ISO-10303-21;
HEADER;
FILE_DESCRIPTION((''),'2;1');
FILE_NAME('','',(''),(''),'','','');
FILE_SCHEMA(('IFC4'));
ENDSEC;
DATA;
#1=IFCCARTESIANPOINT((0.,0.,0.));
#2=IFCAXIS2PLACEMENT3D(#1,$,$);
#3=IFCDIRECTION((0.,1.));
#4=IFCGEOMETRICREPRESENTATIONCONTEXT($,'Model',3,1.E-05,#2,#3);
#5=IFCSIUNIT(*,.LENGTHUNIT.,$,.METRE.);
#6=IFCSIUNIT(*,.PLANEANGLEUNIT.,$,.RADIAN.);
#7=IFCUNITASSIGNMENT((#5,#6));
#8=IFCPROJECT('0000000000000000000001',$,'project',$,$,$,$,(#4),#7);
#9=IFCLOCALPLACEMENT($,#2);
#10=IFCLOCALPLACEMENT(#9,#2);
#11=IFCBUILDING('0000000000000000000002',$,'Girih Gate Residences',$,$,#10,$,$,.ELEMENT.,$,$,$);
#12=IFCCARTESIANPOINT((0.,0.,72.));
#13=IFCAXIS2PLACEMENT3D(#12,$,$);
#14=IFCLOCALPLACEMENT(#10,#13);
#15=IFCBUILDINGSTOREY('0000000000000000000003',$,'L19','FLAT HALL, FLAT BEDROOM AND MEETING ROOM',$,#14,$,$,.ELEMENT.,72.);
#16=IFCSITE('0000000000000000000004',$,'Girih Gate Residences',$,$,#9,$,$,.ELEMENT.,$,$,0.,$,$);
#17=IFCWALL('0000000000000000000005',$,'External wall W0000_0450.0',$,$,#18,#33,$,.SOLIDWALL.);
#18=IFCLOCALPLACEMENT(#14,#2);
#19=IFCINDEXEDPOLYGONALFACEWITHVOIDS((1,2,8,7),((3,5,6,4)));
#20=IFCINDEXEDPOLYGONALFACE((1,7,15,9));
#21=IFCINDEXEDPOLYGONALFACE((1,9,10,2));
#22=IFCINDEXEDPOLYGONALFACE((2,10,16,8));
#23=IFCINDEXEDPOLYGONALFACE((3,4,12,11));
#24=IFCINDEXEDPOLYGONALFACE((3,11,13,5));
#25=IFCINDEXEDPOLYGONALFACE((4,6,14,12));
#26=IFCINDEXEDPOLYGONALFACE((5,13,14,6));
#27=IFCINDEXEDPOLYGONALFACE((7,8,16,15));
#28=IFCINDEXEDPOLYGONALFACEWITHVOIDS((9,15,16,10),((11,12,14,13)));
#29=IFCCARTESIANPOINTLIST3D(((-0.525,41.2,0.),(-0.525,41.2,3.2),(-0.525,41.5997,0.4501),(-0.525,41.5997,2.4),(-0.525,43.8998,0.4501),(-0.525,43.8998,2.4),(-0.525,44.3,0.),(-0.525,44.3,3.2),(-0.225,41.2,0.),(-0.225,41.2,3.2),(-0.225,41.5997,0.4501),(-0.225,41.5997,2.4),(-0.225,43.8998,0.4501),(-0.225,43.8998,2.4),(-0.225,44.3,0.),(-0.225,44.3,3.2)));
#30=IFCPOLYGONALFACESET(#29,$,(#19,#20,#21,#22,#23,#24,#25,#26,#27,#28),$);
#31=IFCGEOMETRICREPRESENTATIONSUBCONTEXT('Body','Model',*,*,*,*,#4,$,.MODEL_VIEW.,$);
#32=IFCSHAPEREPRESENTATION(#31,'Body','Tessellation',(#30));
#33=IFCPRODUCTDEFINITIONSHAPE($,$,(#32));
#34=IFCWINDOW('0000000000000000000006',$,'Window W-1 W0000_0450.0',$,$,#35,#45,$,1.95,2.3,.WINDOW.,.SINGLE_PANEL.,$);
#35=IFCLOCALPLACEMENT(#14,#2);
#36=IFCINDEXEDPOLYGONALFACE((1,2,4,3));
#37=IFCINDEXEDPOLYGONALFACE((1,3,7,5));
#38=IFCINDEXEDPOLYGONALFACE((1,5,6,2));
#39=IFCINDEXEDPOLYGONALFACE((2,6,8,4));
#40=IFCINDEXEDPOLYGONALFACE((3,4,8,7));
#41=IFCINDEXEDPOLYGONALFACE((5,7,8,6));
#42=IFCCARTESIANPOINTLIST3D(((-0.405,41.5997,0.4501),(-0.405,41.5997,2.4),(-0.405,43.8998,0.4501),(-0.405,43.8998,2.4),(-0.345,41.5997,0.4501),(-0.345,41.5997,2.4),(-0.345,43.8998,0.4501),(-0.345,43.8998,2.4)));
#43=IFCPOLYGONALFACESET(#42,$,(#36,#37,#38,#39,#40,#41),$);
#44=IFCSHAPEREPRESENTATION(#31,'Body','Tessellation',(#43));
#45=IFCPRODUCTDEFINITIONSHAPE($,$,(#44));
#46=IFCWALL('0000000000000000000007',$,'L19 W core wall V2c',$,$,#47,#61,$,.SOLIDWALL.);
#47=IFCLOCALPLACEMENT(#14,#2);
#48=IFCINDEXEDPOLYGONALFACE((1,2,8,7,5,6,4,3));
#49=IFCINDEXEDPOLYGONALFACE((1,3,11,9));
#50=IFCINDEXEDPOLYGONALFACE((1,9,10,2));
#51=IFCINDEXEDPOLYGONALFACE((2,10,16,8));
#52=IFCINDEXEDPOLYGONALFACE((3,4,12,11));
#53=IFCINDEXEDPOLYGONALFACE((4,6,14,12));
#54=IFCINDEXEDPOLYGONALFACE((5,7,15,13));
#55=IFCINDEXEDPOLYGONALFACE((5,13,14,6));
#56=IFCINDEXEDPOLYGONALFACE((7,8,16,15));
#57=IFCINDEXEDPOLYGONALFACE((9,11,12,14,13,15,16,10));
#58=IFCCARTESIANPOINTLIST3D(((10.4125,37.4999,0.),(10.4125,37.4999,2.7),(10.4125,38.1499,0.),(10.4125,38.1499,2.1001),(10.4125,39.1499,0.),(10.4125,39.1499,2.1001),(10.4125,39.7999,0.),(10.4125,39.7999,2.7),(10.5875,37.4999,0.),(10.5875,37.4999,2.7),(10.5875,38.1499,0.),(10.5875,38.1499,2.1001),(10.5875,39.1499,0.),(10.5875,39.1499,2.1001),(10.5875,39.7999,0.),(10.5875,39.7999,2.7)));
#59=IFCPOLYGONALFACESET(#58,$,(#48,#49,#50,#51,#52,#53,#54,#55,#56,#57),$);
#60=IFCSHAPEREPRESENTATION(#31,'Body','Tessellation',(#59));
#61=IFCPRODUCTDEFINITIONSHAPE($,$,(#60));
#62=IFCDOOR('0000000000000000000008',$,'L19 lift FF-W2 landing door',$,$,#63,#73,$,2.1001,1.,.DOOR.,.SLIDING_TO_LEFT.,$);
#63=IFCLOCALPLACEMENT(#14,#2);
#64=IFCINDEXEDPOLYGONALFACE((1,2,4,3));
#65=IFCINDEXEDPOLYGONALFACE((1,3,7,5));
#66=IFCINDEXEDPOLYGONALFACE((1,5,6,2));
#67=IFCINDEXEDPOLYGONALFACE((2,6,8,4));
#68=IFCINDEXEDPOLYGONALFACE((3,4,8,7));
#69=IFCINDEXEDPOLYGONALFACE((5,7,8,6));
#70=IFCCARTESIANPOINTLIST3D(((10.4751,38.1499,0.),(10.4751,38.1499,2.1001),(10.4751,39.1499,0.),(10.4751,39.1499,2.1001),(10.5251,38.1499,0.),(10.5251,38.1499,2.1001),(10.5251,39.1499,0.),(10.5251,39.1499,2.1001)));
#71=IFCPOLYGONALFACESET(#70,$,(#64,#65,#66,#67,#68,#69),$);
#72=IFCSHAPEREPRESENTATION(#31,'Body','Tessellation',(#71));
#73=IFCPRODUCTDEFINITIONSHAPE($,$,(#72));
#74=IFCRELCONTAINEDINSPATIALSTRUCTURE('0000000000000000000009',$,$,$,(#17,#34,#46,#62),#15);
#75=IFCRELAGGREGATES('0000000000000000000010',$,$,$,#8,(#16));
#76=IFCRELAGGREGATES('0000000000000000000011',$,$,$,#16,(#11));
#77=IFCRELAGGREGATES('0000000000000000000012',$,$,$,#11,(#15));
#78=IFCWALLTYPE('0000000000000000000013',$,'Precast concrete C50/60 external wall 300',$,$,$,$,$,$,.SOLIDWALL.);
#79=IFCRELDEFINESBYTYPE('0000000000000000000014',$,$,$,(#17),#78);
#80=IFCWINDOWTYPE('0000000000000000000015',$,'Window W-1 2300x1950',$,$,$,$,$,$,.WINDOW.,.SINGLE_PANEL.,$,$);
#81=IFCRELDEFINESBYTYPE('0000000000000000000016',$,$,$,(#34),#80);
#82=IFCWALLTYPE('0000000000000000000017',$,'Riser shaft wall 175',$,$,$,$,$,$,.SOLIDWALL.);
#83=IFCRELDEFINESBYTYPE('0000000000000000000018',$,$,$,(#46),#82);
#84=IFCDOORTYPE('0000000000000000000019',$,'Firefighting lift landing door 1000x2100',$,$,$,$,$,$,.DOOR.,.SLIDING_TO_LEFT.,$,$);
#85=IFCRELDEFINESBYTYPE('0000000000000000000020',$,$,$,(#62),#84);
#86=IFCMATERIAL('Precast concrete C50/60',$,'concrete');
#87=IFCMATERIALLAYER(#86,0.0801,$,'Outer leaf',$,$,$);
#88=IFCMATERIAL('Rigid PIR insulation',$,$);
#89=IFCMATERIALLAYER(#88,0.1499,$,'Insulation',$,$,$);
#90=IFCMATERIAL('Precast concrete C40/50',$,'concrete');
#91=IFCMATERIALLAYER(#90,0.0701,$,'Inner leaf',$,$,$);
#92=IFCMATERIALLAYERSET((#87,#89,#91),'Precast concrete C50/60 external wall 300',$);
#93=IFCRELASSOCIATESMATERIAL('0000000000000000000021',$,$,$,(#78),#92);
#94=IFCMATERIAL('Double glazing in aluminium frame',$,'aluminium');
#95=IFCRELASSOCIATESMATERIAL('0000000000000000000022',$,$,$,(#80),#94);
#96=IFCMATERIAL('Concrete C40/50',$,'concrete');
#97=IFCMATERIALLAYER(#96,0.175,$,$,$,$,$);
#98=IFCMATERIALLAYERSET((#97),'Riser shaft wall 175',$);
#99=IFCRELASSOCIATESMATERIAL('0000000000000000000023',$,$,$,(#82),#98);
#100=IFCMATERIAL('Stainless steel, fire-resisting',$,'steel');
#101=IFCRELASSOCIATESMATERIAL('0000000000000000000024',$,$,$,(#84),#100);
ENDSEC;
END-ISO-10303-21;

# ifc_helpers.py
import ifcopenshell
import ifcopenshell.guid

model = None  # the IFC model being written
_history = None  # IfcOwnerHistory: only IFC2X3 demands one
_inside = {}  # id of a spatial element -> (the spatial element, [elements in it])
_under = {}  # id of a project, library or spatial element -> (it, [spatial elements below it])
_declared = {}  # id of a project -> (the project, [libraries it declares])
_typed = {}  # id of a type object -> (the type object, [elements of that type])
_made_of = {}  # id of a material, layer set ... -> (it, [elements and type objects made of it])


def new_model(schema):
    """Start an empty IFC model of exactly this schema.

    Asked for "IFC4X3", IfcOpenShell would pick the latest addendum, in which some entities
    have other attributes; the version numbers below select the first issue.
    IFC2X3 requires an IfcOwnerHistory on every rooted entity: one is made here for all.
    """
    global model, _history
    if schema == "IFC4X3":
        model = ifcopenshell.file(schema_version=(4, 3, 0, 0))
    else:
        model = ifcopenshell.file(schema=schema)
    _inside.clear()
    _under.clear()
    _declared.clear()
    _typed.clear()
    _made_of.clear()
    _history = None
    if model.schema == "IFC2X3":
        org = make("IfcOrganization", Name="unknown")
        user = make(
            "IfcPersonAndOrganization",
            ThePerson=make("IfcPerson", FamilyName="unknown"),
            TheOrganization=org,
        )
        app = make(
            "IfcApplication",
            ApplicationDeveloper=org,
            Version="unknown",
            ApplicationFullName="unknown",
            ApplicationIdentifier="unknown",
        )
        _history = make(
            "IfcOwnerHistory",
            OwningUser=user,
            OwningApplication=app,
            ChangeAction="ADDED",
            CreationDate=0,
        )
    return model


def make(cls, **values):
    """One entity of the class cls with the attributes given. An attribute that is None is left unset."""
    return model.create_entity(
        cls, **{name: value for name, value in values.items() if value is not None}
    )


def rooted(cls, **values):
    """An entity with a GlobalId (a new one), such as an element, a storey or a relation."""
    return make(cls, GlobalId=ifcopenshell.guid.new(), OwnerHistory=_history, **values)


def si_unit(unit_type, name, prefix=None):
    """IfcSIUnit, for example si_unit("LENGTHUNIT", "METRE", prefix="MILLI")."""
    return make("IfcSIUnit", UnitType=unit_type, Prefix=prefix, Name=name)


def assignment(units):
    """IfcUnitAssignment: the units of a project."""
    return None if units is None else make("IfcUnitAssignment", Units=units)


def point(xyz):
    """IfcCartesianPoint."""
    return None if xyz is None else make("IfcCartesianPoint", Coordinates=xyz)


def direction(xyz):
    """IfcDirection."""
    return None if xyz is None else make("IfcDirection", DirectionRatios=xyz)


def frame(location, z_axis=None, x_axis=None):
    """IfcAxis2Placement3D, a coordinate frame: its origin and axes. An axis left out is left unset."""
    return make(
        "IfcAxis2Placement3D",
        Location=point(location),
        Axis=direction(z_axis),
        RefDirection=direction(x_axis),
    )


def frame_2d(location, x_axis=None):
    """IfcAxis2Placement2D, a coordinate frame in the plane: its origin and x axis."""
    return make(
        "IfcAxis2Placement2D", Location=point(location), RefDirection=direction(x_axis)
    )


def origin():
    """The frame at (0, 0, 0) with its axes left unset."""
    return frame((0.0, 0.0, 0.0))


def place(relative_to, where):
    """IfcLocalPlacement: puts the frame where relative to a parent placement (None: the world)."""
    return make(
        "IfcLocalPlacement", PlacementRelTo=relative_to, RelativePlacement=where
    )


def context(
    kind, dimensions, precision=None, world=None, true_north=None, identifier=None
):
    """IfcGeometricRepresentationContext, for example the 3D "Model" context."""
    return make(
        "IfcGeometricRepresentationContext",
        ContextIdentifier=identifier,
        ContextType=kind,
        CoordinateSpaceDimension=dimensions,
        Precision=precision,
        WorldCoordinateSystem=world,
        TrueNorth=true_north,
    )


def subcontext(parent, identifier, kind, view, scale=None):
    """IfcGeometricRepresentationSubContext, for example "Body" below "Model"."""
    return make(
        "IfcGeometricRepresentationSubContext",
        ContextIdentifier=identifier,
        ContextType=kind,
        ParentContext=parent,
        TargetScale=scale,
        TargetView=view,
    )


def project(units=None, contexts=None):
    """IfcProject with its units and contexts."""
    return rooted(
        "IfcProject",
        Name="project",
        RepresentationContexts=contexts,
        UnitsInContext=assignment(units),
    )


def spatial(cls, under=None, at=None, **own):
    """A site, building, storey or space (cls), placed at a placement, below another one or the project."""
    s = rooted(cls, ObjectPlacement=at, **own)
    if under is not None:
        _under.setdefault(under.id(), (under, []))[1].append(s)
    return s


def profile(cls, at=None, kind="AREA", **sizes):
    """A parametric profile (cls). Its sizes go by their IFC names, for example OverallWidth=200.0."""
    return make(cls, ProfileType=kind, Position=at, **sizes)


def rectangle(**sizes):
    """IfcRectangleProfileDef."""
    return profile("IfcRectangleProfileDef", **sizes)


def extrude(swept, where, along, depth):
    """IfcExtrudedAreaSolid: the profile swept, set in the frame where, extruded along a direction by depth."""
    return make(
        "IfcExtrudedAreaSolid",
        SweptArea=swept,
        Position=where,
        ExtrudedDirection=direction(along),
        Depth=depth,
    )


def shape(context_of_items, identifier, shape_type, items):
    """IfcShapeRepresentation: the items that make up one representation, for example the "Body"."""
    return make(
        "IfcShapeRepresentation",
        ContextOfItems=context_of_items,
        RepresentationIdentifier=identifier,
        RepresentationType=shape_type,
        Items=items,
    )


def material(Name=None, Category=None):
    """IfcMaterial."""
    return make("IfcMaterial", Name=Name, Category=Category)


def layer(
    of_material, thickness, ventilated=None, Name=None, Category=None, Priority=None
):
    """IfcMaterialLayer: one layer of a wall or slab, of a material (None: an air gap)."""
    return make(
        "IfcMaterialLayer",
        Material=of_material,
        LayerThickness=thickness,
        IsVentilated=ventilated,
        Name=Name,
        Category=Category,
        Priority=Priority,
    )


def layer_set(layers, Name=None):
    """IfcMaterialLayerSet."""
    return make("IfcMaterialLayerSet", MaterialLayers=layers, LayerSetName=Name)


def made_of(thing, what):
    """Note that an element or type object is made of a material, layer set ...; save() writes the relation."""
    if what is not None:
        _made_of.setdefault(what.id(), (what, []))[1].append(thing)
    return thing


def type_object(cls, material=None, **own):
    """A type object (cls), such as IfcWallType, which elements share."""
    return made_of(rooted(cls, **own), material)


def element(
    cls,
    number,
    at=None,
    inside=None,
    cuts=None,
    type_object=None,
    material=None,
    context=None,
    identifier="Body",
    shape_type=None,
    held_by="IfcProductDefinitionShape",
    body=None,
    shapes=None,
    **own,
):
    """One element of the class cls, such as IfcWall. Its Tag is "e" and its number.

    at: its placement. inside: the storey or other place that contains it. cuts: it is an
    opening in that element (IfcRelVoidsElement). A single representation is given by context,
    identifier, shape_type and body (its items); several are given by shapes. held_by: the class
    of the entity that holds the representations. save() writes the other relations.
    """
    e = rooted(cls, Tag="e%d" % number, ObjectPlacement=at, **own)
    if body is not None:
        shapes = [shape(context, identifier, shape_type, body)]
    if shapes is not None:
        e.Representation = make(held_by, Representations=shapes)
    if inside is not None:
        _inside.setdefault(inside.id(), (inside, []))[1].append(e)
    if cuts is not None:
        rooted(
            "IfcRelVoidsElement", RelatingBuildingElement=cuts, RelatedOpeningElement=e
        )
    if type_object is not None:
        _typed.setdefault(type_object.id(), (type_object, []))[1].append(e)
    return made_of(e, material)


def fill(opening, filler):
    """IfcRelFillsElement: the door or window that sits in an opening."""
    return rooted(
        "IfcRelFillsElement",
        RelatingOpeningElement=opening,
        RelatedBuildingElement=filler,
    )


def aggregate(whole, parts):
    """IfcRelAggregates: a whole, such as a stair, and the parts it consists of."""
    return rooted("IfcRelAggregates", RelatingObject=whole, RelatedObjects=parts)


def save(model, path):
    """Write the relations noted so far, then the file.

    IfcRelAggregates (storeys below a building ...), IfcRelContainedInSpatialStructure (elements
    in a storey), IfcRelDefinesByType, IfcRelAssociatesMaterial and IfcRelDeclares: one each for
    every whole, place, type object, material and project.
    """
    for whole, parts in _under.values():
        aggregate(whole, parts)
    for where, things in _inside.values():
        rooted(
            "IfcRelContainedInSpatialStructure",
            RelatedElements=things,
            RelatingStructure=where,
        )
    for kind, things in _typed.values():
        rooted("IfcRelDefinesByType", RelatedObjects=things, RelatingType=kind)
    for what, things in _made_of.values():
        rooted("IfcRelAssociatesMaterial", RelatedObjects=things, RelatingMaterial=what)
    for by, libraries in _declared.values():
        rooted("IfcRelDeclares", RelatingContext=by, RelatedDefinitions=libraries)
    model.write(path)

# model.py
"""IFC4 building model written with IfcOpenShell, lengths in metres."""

from ifc_helpers import new_model, si_unit, direction, frame, frame_2d, origin, place, context, subcontext, project, spatial, rectangle, extrude, material, layer, layer_set, type_object, element, fill, save


model = new_model("IFC4")

# Units and contexts
model_context = context("Model", 3, precision=1e-05, world=origin(), true_north=direction((0.0, 1.0)))
body_context = subcontext(model_context, "Body", "Model", "MODEL_VIEW")
ifc_project = project(units=[si_unit("LENGTHUNIT", "METRE"), si_unit("PLANEANGLEUNIT", "RADIAN")], contexts=[model_context])

# Site, building, storey
site_placement = place(None, origin())
site = spatial("IfcSite", under=ifc_project, at=site_placement, Name="Girih Gate Residences", CompositionType="ELEMENT", RefElevation=0.0)
building_placement = place(site_placement, origin())
building = spatial("IfcBuilding", under=site, at=building_placement, Name="Girih Gate Residences", CompositionType="ELEMENT")
storey_placement = place(building_placement, frame((0.0, 0.0, 72.0)))
storey = spatial("IfcBuildingStorey", under=building, at=storey_placement, Name="L19", Description="FLAT HALL, FLAT BEDROOM AND MEETING ROOM", CompositionType="ELEMENT", Elevation=72.0)

# Wall, opening, window
ifc_material_1 = material(Name="Precast concrete C50/60", Category="concrete")
ifc_layer_1 = layer(ifc_material_1, 0.0801, Name="Outer leaf")
ifc_material_2 = material(Name="Rigid PIR insulation")
ifc_layer_2 = layer(ifc_material_2, 0.1499, Name="Insulation")
ifc_material_3 = material(Name="Precast concrete C40/50", Category="concrete")
ifc_layer_3 = layer(ifc_material_3, 0.0701, Name="Inner leaf")
ifc_layer_set_1 = layer_set([ifc_layer_1, ifc_layer_2, ifc_layer_3], Name="Precast concrete C50/60 external wall 300")
wall_type_1 = type_object("IfcWallType", Name="Precast concrete C50/60 external wall 300", PredefinedType="SOLIDWALL", material=ifc_layer_set_1)
wall_1_placement = place(storey_placement, frame((-0.375, 41.2, 0.0), z_axis=(0.0, 0.0, 1.0), x_axis=(0.0, 1.0, 0.0)))
wall_1 = element("IfcWall", 1, at=wall_1_placement, inside=storey, type_object=wall_type_1, Name="External wall W0000_0450.0", PredefinedType="SOLIDWALL", context=body_context, shape_type="SweptSolid", body=[
    extrude(rectangle(XDim=3.1001, YDim=0.3, at=frame_2d((1.55, 0.0))), origin(), (0.0, 0.0, 1.0), 3.2),
])
opening_1_placement = place(wall_1_placement, frame((0.3999, 0.0, 0.45)))
opening_1 = element("IfcOpeningElement", 2, at=opening_1_placement, cuts=wall_1, PredefinedType="OPENING", context=body_context, shape_type="SweptSolid", body=[
    extrude(rectangle(XDim=2.3, YDim=1.95, at=frame_2d((1.1499, 0.9751))), frame((0.0, 0.1599, 0.0), z_axis=(0.0, -1.0, 0.0), x_axis=(1.0, 0.0, 0.0)), (0.0, 0.0, 1.0), 0.3201),
])
ifc_material_4 = material(Name="Double glazing in aluminium frame", Category="aluminium")
window_type = type_object("IfcWindowType", Name="Window W-1 2300x1950", PartitioningType="SINGLE_PANEL", PredefinedType="WINDOW", material=ifc_material_4)
window_placement = place(opening_1_placement, origin())
window = element("IfcWindow", 3, at=window_placement, inside=storey, type_object=window_type, Name="Window W-1 W0000_0450.0", OverallHeight=1.95, OverallWidth=2.3, PartitioningType="SINGLE_PANEL", PredefinedType="WINDOW", context=body_context, shape_type="SweptSolid", body=[
    extrude(rectangle(XDim=2.3, YDim=1.95, at=frame_2d((1.1499, 0.9751))), frame((0.0, 0.03, 0.0), z_axis=(0.0, -1.0, 0.0), x_axis=(1.0, 0.0, 0.0)), (0.0, 0.0, 1.0), 0.0601),
])
fill(opening_1, window)

# Wall, opening, door
ifc_material_5 = material(Name="Concrete C40/50", Category="concrete")
ifc_layer_4 = layer(ifc_material_5, 0.175)
ifc_layer_set_2 = layer_set([ifc_layer_4], Name="Riser shaft wall 175")
wall_type_2 = type_object("IfcWallType", Name="Riser shaft wall 175", PredefinedType="SOLIDWALL", material=ifc_layer_set_2)
wall_2_placement = place(storey_placement, frame((10.5, 37.5, 0.0), z_axis=(0.0, 0.0, 1.0), x_axis=(0.0, 1.0, 0.0)))
wall_2 = element("IfcWall", 4, at=wall_2_placement, inside=storey, type_object=wall_type_2, Name="L19 W core wall V2c", PredefinedType="SOLIDWALL", context=body_context, shape_type="SweptSolid", body=[
    extrude(rectangle(XDim=2.3, YDim=0.175, at=frame_2d((1.1499, 0.0))), origin(), (0.0, 0.0, 1.0), 2.7),
])
opening_2_placement = place(wall_2_placement, frame((0.6499, 0.0, 0.0)))
opening_2 = element("IfcOpeningElement", 5, at=opening_2_placement, cuts=wall_2, PredefinedType="OPENING", context=body_context, shape_type="SweptSolid", body=[
    extrude(rectangle(XDim=1.0, YDim=2.1001, at=frame_2d((0.5, 1.05))), frame((0.0, 0.0974, 0.0), z_axis=(0.0, -1.0, 0.0), x_axis=(1.0, 0.0, 0.0)), (0.0, 0.0, 1.0), 0.1951),
])
ifc_material_6 = material(Name="Stainless steel, fire-resisting", Category="steel")
door_type_1 = type_object("IfcDoorType", Name="Firefighting lift landing door 1000x2100", OperationType="SLIDING_TO_LEFT", PredefinedType="DOOR", material=ifc_material_6)
door_1_placement = place(opening_2_placement, origin())
door_1 = element("IfcDoor", 6, at=door_1_placement, inside=storey, type_object=door_type_1, Name="L19 lift FF-W2 landing door", OperationType="SLIDING_TO_LEFT", OverallHeight=2.1001, OverallWidth=1.0, PredefinedType="DOOR", context=body_context, shape_type="SweptSolid", body=[
    extrude(rectangle(XDim=1.0, YDim=2.1001, at=frame_2d((0.5, 1.05))), frame((0.0, 0.0249, 0.0), z_axis=(0.0, -1.0, 0.0), x_axis=(1.0, 0.0, 0.0)), (0.0, 0.0, 1.0), 0.05),
])
fill(opening_2, door_1)

save(model, "model.ifc")
